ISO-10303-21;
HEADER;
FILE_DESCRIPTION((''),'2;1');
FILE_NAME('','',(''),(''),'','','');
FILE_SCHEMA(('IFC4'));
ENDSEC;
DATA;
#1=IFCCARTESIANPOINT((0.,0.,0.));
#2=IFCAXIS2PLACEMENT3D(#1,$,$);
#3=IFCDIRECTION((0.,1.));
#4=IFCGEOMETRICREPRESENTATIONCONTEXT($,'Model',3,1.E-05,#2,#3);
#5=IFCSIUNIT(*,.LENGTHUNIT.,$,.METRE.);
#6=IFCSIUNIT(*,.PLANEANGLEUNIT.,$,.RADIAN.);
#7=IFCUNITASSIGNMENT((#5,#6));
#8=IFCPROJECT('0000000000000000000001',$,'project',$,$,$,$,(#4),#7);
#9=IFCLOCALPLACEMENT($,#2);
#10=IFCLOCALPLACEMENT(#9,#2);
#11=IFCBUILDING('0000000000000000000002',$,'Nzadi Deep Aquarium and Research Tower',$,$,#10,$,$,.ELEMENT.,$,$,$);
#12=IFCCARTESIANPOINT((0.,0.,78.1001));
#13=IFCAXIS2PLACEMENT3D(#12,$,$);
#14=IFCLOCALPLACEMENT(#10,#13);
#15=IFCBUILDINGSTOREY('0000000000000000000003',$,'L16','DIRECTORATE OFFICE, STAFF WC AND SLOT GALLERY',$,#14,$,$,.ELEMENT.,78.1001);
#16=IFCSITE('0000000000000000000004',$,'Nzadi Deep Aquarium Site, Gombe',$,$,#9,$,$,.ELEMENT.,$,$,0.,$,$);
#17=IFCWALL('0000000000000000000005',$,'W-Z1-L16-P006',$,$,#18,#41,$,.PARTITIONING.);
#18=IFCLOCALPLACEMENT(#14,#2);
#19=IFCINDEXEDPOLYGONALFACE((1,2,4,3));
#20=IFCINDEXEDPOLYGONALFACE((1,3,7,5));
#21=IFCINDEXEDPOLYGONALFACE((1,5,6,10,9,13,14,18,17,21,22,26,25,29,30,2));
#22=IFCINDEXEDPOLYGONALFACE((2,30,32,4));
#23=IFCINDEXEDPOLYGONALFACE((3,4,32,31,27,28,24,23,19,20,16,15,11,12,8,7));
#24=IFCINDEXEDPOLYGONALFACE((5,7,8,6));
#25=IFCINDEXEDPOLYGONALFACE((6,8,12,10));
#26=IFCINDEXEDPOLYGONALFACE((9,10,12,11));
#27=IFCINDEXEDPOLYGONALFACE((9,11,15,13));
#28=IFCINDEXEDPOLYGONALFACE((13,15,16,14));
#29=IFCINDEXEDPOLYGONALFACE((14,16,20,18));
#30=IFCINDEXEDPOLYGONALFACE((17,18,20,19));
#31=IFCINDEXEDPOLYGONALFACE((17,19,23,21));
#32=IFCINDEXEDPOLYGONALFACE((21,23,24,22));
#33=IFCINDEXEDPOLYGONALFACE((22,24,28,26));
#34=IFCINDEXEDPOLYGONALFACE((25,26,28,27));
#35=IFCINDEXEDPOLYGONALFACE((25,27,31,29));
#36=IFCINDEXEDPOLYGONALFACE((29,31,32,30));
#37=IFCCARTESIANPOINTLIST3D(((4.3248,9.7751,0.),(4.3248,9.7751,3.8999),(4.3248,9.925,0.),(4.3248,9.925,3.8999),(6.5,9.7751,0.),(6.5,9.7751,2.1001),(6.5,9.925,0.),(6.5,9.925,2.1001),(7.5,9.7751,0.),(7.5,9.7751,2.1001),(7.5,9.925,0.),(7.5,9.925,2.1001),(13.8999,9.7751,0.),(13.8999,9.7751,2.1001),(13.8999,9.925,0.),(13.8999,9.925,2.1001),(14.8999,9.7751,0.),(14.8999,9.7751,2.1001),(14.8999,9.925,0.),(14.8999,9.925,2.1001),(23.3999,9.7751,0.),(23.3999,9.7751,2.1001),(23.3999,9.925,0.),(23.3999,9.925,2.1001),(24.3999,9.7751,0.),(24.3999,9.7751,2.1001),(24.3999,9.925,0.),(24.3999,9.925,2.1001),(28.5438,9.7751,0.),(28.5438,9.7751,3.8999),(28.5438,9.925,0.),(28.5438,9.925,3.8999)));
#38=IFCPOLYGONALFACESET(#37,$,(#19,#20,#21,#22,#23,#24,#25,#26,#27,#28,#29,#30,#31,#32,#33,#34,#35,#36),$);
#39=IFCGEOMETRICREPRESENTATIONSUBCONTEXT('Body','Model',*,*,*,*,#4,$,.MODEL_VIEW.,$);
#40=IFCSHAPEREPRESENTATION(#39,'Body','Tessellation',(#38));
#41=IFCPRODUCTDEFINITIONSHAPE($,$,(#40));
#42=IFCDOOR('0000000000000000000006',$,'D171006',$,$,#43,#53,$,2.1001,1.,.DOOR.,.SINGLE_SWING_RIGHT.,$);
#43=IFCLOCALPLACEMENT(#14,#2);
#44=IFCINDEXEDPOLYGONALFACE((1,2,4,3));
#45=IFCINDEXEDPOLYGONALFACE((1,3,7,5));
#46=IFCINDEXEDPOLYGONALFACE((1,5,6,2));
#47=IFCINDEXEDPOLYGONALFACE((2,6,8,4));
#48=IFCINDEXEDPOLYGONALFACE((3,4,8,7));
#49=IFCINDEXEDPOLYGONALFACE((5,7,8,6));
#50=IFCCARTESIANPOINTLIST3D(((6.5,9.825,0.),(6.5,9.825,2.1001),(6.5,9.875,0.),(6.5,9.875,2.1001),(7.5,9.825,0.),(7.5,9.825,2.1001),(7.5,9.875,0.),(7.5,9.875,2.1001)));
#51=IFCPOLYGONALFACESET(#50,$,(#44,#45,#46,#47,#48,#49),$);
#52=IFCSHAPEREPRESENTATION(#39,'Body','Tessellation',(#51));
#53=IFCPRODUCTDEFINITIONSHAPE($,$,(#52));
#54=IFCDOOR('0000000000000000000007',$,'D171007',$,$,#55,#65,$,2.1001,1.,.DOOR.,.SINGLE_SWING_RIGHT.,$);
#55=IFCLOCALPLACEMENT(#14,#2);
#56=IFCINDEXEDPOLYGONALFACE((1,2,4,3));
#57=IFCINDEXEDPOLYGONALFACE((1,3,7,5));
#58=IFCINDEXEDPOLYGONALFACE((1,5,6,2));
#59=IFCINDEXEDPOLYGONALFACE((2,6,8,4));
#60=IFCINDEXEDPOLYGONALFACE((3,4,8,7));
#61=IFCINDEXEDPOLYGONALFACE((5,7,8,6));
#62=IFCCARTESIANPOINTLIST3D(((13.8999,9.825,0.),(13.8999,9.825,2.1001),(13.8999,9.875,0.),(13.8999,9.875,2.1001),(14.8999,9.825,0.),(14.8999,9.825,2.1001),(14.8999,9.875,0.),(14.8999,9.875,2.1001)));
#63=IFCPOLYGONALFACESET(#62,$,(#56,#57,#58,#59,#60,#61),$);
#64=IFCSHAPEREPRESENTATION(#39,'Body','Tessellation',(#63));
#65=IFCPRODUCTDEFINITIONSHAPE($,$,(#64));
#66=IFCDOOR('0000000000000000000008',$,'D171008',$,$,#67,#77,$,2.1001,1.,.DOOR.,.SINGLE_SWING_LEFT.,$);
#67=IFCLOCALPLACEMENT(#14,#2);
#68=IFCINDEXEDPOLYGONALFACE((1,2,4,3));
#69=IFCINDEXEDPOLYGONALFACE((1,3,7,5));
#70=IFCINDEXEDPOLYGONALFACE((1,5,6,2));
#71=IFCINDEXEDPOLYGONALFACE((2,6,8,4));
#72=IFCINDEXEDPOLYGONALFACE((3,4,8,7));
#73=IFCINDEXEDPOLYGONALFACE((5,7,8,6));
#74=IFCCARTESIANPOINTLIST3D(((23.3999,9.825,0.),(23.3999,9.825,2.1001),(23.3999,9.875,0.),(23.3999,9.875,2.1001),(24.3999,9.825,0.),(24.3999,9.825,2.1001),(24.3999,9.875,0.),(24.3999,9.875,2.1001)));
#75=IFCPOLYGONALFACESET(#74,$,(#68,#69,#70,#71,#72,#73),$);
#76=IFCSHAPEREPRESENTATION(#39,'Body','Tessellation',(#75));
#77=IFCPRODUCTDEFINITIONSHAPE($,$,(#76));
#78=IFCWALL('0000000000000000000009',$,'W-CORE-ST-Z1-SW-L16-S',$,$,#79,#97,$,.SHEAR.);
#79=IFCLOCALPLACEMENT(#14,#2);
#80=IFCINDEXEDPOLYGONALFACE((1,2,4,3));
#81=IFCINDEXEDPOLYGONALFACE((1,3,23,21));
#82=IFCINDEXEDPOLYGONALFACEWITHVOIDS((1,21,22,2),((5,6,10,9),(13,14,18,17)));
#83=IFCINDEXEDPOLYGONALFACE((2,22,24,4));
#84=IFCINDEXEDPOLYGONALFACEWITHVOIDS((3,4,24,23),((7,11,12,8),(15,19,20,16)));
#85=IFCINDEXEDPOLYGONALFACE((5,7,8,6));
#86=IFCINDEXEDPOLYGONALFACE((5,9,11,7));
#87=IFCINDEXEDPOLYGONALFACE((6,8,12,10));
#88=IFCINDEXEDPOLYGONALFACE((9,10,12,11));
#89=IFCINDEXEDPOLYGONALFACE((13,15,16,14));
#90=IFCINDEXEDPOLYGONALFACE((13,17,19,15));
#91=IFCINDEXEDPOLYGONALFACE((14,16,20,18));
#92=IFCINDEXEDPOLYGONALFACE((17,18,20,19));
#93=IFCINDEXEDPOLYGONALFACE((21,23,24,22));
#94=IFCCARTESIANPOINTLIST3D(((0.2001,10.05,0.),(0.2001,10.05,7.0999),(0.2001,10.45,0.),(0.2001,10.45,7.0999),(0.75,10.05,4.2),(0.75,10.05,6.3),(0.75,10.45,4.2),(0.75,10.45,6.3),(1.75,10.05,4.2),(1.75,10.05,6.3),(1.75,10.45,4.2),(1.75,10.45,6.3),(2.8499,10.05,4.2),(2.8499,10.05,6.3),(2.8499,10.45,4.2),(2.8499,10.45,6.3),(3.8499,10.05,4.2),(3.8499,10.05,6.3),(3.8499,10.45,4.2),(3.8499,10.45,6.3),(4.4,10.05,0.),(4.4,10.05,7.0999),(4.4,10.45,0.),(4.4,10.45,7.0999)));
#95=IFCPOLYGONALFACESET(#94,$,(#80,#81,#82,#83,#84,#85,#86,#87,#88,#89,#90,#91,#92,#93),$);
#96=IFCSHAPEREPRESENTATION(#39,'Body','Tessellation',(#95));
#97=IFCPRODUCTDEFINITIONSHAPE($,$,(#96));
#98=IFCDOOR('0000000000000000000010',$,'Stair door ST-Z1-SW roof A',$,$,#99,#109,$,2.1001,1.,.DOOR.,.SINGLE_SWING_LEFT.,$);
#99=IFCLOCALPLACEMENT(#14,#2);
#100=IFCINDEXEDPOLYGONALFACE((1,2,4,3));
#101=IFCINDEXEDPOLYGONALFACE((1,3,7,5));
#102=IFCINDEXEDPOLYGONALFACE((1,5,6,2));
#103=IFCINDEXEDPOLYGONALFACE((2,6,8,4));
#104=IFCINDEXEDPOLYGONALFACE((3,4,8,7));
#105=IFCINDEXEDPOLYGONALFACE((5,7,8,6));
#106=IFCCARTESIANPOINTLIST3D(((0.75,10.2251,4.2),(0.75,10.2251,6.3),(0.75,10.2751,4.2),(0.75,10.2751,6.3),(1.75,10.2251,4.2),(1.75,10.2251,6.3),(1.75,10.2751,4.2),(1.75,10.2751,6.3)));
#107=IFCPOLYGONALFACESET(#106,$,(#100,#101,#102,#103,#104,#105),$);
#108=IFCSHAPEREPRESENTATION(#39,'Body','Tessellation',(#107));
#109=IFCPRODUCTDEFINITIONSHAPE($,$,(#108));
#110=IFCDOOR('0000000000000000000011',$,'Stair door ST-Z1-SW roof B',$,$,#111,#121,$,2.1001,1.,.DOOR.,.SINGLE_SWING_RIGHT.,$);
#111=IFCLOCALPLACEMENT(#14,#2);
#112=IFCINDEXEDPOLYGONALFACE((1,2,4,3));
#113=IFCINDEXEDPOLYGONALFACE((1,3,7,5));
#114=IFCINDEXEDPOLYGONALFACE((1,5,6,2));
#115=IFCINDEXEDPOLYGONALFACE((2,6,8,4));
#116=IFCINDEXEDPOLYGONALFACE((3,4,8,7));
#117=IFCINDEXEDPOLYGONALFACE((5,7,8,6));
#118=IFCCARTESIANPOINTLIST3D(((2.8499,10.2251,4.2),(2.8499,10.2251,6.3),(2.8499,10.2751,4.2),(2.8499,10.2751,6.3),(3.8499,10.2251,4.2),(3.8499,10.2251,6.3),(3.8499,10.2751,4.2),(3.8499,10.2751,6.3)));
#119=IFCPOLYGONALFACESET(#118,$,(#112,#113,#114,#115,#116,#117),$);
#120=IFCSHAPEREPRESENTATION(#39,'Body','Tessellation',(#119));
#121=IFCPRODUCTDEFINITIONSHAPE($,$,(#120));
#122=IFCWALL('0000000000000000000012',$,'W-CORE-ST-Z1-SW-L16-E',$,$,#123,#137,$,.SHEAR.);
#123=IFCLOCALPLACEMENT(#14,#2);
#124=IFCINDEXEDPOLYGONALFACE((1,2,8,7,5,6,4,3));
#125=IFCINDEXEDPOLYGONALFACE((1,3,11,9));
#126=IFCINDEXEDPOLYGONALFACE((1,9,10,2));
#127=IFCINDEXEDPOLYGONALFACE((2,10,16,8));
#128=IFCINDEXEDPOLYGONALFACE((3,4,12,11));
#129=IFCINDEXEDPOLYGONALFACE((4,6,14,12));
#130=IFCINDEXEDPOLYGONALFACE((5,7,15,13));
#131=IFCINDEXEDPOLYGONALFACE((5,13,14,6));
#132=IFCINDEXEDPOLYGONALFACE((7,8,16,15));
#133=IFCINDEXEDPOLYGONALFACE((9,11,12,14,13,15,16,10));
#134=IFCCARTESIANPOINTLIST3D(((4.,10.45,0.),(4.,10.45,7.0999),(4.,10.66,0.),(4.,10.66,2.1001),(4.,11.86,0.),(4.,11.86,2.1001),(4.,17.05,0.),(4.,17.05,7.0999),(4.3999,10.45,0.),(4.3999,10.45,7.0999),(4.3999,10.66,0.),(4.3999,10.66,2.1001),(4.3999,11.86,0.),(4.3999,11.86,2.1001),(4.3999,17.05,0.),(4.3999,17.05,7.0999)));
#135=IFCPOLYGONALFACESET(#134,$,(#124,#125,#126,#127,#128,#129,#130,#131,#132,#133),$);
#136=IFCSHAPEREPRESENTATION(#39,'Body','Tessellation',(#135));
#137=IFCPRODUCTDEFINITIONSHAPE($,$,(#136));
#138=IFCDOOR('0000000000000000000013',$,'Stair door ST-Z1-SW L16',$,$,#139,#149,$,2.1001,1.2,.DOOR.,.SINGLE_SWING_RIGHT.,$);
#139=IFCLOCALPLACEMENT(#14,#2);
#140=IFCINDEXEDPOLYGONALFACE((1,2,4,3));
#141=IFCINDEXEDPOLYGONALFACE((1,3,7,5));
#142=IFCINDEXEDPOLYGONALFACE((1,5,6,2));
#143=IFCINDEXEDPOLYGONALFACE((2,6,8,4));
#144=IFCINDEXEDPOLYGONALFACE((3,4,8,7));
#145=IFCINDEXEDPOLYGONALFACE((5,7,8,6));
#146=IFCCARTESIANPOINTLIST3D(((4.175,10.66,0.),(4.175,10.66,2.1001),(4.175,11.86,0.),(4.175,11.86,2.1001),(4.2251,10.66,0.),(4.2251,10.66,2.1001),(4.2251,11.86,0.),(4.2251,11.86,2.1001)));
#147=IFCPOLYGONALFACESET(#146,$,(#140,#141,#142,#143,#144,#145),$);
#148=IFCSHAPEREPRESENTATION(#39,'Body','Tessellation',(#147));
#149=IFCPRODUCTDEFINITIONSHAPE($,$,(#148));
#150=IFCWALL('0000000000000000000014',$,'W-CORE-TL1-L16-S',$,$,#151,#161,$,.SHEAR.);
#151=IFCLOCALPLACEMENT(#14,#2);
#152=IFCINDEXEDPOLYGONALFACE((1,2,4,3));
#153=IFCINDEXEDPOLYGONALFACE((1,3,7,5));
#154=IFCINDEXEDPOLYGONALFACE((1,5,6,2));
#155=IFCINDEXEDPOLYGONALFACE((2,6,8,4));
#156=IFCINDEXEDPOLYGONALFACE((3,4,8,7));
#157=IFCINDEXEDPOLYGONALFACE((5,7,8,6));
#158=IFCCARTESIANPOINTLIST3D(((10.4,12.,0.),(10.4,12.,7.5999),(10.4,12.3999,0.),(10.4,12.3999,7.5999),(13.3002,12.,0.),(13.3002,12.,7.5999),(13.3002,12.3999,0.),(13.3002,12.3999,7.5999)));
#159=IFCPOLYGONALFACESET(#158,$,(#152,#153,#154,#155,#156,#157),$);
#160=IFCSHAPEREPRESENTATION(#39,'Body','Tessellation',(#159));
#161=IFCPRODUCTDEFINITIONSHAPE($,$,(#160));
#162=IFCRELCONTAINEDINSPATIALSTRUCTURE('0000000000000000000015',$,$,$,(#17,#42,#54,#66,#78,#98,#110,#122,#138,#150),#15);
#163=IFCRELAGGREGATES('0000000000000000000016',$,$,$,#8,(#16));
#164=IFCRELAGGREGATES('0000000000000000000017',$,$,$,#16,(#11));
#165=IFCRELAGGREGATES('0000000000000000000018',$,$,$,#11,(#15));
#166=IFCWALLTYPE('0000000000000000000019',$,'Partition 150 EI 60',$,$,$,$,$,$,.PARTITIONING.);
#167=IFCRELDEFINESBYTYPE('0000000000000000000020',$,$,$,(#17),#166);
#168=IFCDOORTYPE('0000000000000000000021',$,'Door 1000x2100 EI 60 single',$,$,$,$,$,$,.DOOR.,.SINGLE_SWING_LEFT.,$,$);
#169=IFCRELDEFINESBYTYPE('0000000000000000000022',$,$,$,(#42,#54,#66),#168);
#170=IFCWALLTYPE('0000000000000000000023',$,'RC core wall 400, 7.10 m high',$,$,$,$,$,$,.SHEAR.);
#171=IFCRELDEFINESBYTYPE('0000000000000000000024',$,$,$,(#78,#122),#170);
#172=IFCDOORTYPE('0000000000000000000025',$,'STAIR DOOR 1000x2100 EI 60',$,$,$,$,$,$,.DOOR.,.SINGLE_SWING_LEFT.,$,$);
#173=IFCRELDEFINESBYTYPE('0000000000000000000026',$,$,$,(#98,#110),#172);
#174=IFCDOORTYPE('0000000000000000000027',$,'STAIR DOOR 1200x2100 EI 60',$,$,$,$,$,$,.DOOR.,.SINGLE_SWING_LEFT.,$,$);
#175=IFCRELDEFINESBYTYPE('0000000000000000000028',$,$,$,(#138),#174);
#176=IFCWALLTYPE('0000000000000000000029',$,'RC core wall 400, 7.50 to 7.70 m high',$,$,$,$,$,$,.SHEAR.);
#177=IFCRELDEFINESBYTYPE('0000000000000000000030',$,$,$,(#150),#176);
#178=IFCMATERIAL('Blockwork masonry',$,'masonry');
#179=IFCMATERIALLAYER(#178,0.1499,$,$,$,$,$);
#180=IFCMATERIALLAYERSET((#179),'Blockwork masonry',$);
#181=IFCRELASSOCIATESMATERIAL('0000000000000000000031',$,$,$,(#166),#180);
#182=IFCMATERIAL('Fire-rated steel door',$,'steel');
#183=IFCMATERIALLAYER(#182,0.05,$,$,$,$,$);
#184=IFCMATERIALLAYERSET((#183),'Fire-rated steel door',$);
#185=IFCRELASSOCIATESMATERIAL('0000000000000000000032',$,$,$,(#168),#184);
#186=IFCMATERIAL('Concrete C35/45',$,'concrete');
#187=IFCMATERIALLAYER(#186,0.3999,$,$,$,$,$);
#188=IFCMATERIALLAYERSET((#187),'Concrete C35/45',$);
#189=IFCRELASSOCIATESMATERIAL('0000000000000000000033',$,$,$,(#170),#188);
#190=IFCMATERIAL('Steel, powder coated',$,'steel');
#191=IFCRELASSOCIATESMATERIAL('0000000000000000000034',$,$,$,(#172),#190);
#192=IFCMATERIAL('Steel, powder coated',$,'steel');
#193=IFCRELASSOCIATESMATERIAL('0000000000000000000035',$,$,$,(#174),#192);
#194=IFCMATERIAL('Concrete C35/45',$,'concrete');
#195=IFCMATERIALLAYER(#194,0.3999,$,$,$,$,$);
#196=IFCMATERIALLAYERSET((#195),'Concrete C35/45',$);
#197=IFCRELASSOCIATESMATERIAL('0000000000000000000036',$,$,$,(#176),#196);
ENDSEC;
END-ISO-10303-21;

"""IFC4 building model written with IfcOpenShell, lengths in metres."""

from ifc_helpers import new_model, si_unit, direction, frame, frame_2d, origin, place, context, subcontext, project, spatial, rectangle, extrude, material, layer, layer_set, type_object, element, fill, save


model = new_model("IFC4")

# Units and contexts
model_context = context("Model", 3, precision=1e-05, world=origin(), true_north=direction((0.0, 1.0)))
body_context = subcontext(model_context, "Body", "Model", "MODEL_VIEW")
ifc_project = project(units=[si_unit("LENGTHUNIT", "METRE"), si_unit("PLANEANGLEUNIT", "RADIAN")], contexts=[model_context])

# Site, building, storey
site_placement = place(None, origin())
site = spatial("IfcSite", under=ifc_project, at=site_placement, Name="Nzadi Deep Aquarium Site, Gombe", CompositionType="ELEMENT", RefElevation=0.0)
building_placement = place(site_placement, origin())
building = spatial("IfcBuilding", under=site, at=building_placement, Name="Nzadi Deep Aquarium and Research Tower", CompositionType="ELEMENT")
storey_placement = place(building_placement, frame((0.0, 0.0, 78.1001)))
storey = spatial("IfcBuildingStorey", under=building, at=storey_placement, Name="L16", Description="DIRECTORATE OFFICE, STAFF WC AND SLOT GALLERY", CompositionType="ELEMENT", Elevation=78.1001)

# Walls, openings, doors
ifc_material_1 = material(Name="Blockwork masonry", Category="masonry")
ifc_layer_1 = layer(ifc_material_1, 0.1499)
ifc_layer_set_1 = layer_set([ifc_layer_1], Name="Blockwork masonry")
wall_type_1 = type_object("IfcWallType", Name="Partition 150 EI 60", PredefinedType="PARTITIONING", material=ifc_layer_set_1)
wall_1_placement = place(storey_placement, frame((4.325, 9.8501, 0.0), z_axis=(0.0, 0.0, 1.0), x_axis=(1.0, 0.0, 0.0)))
wall_1 = element("IfcWall", 1, at=wall_1_placement, inside=storey, type_object=wall_type_1, Name="W-Z1-L16-P006", PredefinedType="PARTITIONING", context=body_context, shape_type="SweptSolid", body=[
    extrude(rectangle(XDim=24.219, YDim=0.1499, at=frame_2d((12.1094, 0.0))), origin(), (0.0, 0.0, 1.0), 3.8999),
])
opening_1_placement = place(wall_1_placement, frame((2.175, 0.0, 0.0)))
opening_1 = element("IfcOpeningElement", 2, at=opening_1_placement, cuts=wall_1, PredefinedType="OPENING", context=body_context, shape_type="SweptSolid", body=[
    extrude(rectangle(XDim=1.0, YDim=2.1001, at=frame_2d((0.5, 1.05))), frame((0.0, 0.085, 0.0), z_axis=(0.0, -1.0, 0.0), x_axis=(1.0, 0.0, 0.0)), (0.0, 0.0, 1.0), 0.1699),
])
opening_2_placement = place(wall_1_placement, frame((9.575, 0.0, 0.0)))
opening_2 = element("IfcOpeningElement", 3, at=opening_2_placement, cuts=wall_1, PredefinedType="OPENING", context=body_context, shape_type="SweptSolid", body=[
    extrude(rectangle(XDim=1.0, YDim=2.1001, at=frame_2d((0.5, 1.05))), frame((0.0, 0.085, 0.0), z_axis=(0.0, -1.0, 0.0), x_axis=(1.0, 0.0, 0.0)), (0.0, 0.0, 1.0), 0.1699),
])
opening_3_placement = place(wall_1_placement, frame((19.075, 0.0, 0.0)))
opening_3 = element("IfcOpeningElement", 4, at=opening_3_placement, cuts=wall_1, PredefinedType="OPENING", context=body_context, shape_type="SweptSolid", body=[
    extrude(rectangle(XDim=1.0, YDim=2.1001, at=frame_2d((0.5, 1.05))), frame((0.0, 0.085, 0.0), z_axis=(0.0, -1.0, 0.0), x_axis=(1.0, 0.0, 0.0)), (0.0, 0.0, 1.0), 0.1699),
])
ifc_material_2 = material(Name="Fire-rated steel door", Category="steel")
ifc_layer_2 = layer(ifc_material_2, 0.05)
ifc_layer_set_2 = layer_set([ifc_layer_2], Name="Fire-rated steel door")
door_type_1 = type_object("IfcDoorType", Name="Door 1000x2100 EI 60 single", OperationType="SINGLE_SWING_LEFT", PredefinedType="DOOR", material=ifc_layer_set_2)
door_1_placement = place(opening_1_placement, origin())
door_1 = element("IfcDoor", 5, at=door_1_placement, inside=storey, type_object=door_type_1, Name="D171006", OperationType="SINGLE_SWING_RIGHT", OverallHeight=2.1001, OverallWidth=1.0, PredefinedType="DOOR", context=body_context, shape_type="SweptSolid", body=[
    extrude(rectangle(XDim=1.0, YDim=2.1001, at=frame_2d((0.5, 1.05))), frame((0.0, 0.0249, 0.0), z_axis=(0.0, -1.0, 0.0), x_axis=(1.0, 0.0, 0.0)), (0.0, 0.0, 1.0), 0.05),
])
fill(opening_1, door_1)
door_2_placement = place(opening_2_placement, origin())
door_2 = element("IfcDoor", 6, at=door_2_placement, inside=storey, type_object=door_type_1, Name="D171007", OperationType="SINGLE_SWING_RIGHT", OverallHeight=2.1001, OverallWidth=1.0, PredefinedType="DOOR", context=body_context, shape_type="SweptSolid", body=[
    extrude(rectangle(XDim=1.0, YDim=2.1001, at=frame_2d((0.5, 1.05))), frame((0.0, 0.0249, 0.0), z_axis=(0.0, -1.0, 0.0), x_axis=(1.0, 0.0, 0.0)), (0.0, 0.0, 1.0), 0.05),
])
fill(opening_2, door_2)
door_3_placement = place(opening_3_placement, origin())
door_3 = element("IfcDoor", 7, at=door_3_placement, inside=storey, type_object=door_type_1, Name="D171008", OperationType="SINGLE_SWING_LEFT", OverallHeight=2.1001, OverallWidth=1.0, PredefinedType="DOOR", context=body_context, shape_type="SweptSolid", body=[
    extrude(rectangle(XDim=1.0, YDim=2.1001, at=frame_2d((0.5, 1.05))), frame((0.0, 0.0249, 0.0), z_axis=(0.0, -1.0, 0.0), x_axis=(1.0, 0.0, 0.0)), (0.0, 0.0, 1.0), 0.05),
])
fill(opening_3, door_3)
ifc_material_3 = material(Name="Concrete C35/45", Category="concrete")
ifc_layer_3 = layer(ifc_material_3, 0.3999)
ifc_layer_set_3 = layer_set([ifc_layer_3], Name="Concrete C35/45")
wall_type_2 = type_object("IfcWallType", Name="RC core wall 400, 7.10 m high", PredefinedType="SHEAR", material=ifc_layer_set_3)
wall_2_placement = place(storey_placement, frame((0.2, 10.25, 0.0), z_axis=(0.0, 0.0, 1.0), x_axis=(1.0, 0.0, 0.0)))
wall_2 = element("IfcWall", 8, at=wall_2_placement, inside=storey, type_object=wall_type_2, Name="W-CORE-ST-Z1-SW-L16-S", PredefinedType="SHEAR", context=body_context, shape_type="SweptSolid", body=[
    extrude(rectangle(XDim=4.2, YDim=0.3999, at=frame_2d((2.1001, 0.0))), origin(), (0.0, 0.0, 1.0), 7.0999),
])
opening_4_placement = place(wall_2_placement, frame((0.55, 0.0, 4.2)))
opening_4 = element("IfcOpeningElement", 9, at=opening_4_placement, cuts=wall_2, PredefinedType="OPENING", context=body_context, shape_type="SweptSolid", body=[
    extrude(rectangle(XDim=1.0, YDim=2.1001, at=frame_2d((0.5, 1.05))), frame((0.0, 0.21, 0.0), z_axis=(0.0, -1.0, 0.0), x_axis=(1.0, 0.0, 0.0)), (0.0, 0.0, 1.0), 0.4199),
])
opening_5_placement = place(wall_2_placement, frame((2.6499, 0.0, 4.2)))
opening_5 = element("IfcOpeningElement", 10, at=opening_5_placement, cuts=wall_2, PredefinedType="OPENING", context=body_context, shape_type="SweptSolid", body=[
    extrude(rectangle(XDim=1.0, YDim=2.1001, at=frame_2d((0.5, 1.05))), frame((0.0, 0.21, 0.0), z_axis=(0.0, -1.0, 0.0), x_axis=(1.0, 0.0, 0.0)), (0.0, 0.0, 1.0), 0.4199),
])
ifc_material_4 = material(Name="Steel, powder coated", Category="steel")
door_type_2 = type_object("IfcDoorType", Name="STAIR DOOR 1000x2100 EI 60", OperationType="SINGLE_SWING_LEFT", PredefinedType="DOOR", material=ifc_material_4)
door_4_placement = place(opening_4_placement, frame((1.0, 0.0, 0.0), z_axis=(0.0, 0.0, 1.0), x_axis=(-1.0, 0.0, 0.0)))
door_4 = element("IfcDoor", 11, at=door_4_placement, inside=storey, type_object=door_type_2, Name="Stair door ST-Z1-SW roof A", OperationType="SINGLE_SWING_LEFT", OverallHeight=2.1001, OverallWidth=1.0, PredefinedType="DOOR", context=body_context, shape_type="SweptSolid", body=[
    extrude(rectangle(XDim=1.0, YDim=2.1001, at=frame_2d((0.5, 1.05))), frame((0.0, 0.0249, 0.0), z_axis=(0.0, -1.0, 0.0), x_axis=(1.0, 0.0, 0.0)), (0.0, 0.0, 1.0), 0.05),
])
fill(opening_4, door_4)
door_5_placement = place(opening_5_placement, frame((1.0, 0.0, 0.0), z_axis=(0.0, 0.0, 1.0), x_axis=(-1.0, 0.0, 0.0)))
door_5 = element("IfcDoor", 12, at=door_5_placement, inside=storey, type_object=door_type_2, Name="Stair door ST-Z1-SW roof B", OperationType="SINGLE_SWING_RIGHT", OverallHeight=2.1001, OverallWidth=1.0, PredefinedType="DOOR", context=body_context, shape_type="SweptSolid", body=[
    extrude(rectangle(XDim=1.0, YDim=2.1001, at=frame_2d((0.5, 1.05))), frame((0.0, 0.0249, 0.0), z_axis=(0.0, -1.0, 0.0), x_axis=(1.0, 0.0, 0.0)), (0.0, 0.0, 1.0), 0.05),
])
fill(opening_5, door_5)

# Wall, opening, door
wall_3_placement = place(storey_placement, frame((4.2, 10.45, 0.0), z_axis=(0.0, 0.0, 1.0), x_axis=(0.0, 1.0, 0.0)))
wall_3 = element("IfcWall", 13, at=wall_3_placement, inside=storey, type_object=wall_type_2, Name="W-CORE-ST-Z1-SW-L16-E", PredefinedType="SHEAR", context=body_context, shape_type="SweptSolid", body=[
    extrude(rectangle(XDim=6.6001, YDim=0.3999, at=frame_2d((3.3, 0.0))), origin(), (0.0, 0.0, 1.0), 7.0999),
])
opening_6_placement = place(wall_3_placement, frame((0.21, 0.0, 0.0)))
opening_6 = element("IfcOpeningElement", 14, at=opening_6_placement, cuts=wall_3, PredefinedType="OPENING", context=body_context, shape_type="SweptSolid", body=[
    extrude(rectangle(XDim=1.2, YDim=2.1001, at=frame_2d((0.6001, 1.05))), frame((0.0, 0.21, 0.0), z_axis=(0.0, -1.0, 0.0), x_axis=(1.0, 0.0, 0.0)), (0.0, 0.0, 1.0), 0.4199),
])
ifc_material_5 = material(Name="Steel, powder coated", Category="steel")
door_type_3 = type_object("IfcDoorType", Name="STAIR DOOR 1200x2100 EI 60", OperationType="SINGLE_SWING_LEFT", PredefinedType="DOOR", material=ifc_material_5)
door_6_placement = place(opening_6_placement, origin())
door_6 = element("IfcDoor", 15, at=door_6_placement, inside=storey, type_object=door_type_3, Name="Stair door ST-Z1-SW L16", OperationType="SINGLE_SWING_RIGHT", OverallHeight=2.1001, OverallWidth=1.2, PredefinedType="DOOR", context=body_context, shape_type="SweptSolid", body=[
    extrude(rectangle(XDim=1.2, YDim=2.1001, at=frame_2d((0.6001, 1.05))), frame((0.0, 0.0249, 0.0), z_axis=(0.0, -1.0, 0.0), x_axis=(1.0, 0.0, 0.0)), (0.0, 0.0, 1.0), 0.05),
])
fill(opening_6, door_6)

# Wall
ifc_material_6 = material(Name="Concrete C35/45", Category="concrete")
ifc_layer_4 = layer(ifc_material_6, 0.3999)
ifc_layer_set_4 = layer_set([ifc_layer_4], Name="Concrete C35/45")
wall_type_3 = type_object("IfcWallType", Name="RC core wall 400, 7.50 to 7.70 m high", PredefinedType="SHEAR", material=ifc_layer_set_4)
wall_4_placement = place(storey_placement, frame((10.3999, 12.2, 0.0), z_axis=(0.0, 0.0, 1.0), x_axis=(1.0, 0.0, 0.0)))
element("IfcWall", 16, at=wall_4_placement, inside=storey, type_object=wall_type_3, Name="W-CORE-TL1-L16-S", PredefinedType="SHEAR", context=body_context, shape_type="SweptSolid", body=[
    extrude(rectangle(XDim=2.9001, YDim=0.3999, at=frame_2d((1.4502, 0.0))), origin(), (0.0, 0.0, 1.0), 7.5999),
])

save(model, "model.ifc")
